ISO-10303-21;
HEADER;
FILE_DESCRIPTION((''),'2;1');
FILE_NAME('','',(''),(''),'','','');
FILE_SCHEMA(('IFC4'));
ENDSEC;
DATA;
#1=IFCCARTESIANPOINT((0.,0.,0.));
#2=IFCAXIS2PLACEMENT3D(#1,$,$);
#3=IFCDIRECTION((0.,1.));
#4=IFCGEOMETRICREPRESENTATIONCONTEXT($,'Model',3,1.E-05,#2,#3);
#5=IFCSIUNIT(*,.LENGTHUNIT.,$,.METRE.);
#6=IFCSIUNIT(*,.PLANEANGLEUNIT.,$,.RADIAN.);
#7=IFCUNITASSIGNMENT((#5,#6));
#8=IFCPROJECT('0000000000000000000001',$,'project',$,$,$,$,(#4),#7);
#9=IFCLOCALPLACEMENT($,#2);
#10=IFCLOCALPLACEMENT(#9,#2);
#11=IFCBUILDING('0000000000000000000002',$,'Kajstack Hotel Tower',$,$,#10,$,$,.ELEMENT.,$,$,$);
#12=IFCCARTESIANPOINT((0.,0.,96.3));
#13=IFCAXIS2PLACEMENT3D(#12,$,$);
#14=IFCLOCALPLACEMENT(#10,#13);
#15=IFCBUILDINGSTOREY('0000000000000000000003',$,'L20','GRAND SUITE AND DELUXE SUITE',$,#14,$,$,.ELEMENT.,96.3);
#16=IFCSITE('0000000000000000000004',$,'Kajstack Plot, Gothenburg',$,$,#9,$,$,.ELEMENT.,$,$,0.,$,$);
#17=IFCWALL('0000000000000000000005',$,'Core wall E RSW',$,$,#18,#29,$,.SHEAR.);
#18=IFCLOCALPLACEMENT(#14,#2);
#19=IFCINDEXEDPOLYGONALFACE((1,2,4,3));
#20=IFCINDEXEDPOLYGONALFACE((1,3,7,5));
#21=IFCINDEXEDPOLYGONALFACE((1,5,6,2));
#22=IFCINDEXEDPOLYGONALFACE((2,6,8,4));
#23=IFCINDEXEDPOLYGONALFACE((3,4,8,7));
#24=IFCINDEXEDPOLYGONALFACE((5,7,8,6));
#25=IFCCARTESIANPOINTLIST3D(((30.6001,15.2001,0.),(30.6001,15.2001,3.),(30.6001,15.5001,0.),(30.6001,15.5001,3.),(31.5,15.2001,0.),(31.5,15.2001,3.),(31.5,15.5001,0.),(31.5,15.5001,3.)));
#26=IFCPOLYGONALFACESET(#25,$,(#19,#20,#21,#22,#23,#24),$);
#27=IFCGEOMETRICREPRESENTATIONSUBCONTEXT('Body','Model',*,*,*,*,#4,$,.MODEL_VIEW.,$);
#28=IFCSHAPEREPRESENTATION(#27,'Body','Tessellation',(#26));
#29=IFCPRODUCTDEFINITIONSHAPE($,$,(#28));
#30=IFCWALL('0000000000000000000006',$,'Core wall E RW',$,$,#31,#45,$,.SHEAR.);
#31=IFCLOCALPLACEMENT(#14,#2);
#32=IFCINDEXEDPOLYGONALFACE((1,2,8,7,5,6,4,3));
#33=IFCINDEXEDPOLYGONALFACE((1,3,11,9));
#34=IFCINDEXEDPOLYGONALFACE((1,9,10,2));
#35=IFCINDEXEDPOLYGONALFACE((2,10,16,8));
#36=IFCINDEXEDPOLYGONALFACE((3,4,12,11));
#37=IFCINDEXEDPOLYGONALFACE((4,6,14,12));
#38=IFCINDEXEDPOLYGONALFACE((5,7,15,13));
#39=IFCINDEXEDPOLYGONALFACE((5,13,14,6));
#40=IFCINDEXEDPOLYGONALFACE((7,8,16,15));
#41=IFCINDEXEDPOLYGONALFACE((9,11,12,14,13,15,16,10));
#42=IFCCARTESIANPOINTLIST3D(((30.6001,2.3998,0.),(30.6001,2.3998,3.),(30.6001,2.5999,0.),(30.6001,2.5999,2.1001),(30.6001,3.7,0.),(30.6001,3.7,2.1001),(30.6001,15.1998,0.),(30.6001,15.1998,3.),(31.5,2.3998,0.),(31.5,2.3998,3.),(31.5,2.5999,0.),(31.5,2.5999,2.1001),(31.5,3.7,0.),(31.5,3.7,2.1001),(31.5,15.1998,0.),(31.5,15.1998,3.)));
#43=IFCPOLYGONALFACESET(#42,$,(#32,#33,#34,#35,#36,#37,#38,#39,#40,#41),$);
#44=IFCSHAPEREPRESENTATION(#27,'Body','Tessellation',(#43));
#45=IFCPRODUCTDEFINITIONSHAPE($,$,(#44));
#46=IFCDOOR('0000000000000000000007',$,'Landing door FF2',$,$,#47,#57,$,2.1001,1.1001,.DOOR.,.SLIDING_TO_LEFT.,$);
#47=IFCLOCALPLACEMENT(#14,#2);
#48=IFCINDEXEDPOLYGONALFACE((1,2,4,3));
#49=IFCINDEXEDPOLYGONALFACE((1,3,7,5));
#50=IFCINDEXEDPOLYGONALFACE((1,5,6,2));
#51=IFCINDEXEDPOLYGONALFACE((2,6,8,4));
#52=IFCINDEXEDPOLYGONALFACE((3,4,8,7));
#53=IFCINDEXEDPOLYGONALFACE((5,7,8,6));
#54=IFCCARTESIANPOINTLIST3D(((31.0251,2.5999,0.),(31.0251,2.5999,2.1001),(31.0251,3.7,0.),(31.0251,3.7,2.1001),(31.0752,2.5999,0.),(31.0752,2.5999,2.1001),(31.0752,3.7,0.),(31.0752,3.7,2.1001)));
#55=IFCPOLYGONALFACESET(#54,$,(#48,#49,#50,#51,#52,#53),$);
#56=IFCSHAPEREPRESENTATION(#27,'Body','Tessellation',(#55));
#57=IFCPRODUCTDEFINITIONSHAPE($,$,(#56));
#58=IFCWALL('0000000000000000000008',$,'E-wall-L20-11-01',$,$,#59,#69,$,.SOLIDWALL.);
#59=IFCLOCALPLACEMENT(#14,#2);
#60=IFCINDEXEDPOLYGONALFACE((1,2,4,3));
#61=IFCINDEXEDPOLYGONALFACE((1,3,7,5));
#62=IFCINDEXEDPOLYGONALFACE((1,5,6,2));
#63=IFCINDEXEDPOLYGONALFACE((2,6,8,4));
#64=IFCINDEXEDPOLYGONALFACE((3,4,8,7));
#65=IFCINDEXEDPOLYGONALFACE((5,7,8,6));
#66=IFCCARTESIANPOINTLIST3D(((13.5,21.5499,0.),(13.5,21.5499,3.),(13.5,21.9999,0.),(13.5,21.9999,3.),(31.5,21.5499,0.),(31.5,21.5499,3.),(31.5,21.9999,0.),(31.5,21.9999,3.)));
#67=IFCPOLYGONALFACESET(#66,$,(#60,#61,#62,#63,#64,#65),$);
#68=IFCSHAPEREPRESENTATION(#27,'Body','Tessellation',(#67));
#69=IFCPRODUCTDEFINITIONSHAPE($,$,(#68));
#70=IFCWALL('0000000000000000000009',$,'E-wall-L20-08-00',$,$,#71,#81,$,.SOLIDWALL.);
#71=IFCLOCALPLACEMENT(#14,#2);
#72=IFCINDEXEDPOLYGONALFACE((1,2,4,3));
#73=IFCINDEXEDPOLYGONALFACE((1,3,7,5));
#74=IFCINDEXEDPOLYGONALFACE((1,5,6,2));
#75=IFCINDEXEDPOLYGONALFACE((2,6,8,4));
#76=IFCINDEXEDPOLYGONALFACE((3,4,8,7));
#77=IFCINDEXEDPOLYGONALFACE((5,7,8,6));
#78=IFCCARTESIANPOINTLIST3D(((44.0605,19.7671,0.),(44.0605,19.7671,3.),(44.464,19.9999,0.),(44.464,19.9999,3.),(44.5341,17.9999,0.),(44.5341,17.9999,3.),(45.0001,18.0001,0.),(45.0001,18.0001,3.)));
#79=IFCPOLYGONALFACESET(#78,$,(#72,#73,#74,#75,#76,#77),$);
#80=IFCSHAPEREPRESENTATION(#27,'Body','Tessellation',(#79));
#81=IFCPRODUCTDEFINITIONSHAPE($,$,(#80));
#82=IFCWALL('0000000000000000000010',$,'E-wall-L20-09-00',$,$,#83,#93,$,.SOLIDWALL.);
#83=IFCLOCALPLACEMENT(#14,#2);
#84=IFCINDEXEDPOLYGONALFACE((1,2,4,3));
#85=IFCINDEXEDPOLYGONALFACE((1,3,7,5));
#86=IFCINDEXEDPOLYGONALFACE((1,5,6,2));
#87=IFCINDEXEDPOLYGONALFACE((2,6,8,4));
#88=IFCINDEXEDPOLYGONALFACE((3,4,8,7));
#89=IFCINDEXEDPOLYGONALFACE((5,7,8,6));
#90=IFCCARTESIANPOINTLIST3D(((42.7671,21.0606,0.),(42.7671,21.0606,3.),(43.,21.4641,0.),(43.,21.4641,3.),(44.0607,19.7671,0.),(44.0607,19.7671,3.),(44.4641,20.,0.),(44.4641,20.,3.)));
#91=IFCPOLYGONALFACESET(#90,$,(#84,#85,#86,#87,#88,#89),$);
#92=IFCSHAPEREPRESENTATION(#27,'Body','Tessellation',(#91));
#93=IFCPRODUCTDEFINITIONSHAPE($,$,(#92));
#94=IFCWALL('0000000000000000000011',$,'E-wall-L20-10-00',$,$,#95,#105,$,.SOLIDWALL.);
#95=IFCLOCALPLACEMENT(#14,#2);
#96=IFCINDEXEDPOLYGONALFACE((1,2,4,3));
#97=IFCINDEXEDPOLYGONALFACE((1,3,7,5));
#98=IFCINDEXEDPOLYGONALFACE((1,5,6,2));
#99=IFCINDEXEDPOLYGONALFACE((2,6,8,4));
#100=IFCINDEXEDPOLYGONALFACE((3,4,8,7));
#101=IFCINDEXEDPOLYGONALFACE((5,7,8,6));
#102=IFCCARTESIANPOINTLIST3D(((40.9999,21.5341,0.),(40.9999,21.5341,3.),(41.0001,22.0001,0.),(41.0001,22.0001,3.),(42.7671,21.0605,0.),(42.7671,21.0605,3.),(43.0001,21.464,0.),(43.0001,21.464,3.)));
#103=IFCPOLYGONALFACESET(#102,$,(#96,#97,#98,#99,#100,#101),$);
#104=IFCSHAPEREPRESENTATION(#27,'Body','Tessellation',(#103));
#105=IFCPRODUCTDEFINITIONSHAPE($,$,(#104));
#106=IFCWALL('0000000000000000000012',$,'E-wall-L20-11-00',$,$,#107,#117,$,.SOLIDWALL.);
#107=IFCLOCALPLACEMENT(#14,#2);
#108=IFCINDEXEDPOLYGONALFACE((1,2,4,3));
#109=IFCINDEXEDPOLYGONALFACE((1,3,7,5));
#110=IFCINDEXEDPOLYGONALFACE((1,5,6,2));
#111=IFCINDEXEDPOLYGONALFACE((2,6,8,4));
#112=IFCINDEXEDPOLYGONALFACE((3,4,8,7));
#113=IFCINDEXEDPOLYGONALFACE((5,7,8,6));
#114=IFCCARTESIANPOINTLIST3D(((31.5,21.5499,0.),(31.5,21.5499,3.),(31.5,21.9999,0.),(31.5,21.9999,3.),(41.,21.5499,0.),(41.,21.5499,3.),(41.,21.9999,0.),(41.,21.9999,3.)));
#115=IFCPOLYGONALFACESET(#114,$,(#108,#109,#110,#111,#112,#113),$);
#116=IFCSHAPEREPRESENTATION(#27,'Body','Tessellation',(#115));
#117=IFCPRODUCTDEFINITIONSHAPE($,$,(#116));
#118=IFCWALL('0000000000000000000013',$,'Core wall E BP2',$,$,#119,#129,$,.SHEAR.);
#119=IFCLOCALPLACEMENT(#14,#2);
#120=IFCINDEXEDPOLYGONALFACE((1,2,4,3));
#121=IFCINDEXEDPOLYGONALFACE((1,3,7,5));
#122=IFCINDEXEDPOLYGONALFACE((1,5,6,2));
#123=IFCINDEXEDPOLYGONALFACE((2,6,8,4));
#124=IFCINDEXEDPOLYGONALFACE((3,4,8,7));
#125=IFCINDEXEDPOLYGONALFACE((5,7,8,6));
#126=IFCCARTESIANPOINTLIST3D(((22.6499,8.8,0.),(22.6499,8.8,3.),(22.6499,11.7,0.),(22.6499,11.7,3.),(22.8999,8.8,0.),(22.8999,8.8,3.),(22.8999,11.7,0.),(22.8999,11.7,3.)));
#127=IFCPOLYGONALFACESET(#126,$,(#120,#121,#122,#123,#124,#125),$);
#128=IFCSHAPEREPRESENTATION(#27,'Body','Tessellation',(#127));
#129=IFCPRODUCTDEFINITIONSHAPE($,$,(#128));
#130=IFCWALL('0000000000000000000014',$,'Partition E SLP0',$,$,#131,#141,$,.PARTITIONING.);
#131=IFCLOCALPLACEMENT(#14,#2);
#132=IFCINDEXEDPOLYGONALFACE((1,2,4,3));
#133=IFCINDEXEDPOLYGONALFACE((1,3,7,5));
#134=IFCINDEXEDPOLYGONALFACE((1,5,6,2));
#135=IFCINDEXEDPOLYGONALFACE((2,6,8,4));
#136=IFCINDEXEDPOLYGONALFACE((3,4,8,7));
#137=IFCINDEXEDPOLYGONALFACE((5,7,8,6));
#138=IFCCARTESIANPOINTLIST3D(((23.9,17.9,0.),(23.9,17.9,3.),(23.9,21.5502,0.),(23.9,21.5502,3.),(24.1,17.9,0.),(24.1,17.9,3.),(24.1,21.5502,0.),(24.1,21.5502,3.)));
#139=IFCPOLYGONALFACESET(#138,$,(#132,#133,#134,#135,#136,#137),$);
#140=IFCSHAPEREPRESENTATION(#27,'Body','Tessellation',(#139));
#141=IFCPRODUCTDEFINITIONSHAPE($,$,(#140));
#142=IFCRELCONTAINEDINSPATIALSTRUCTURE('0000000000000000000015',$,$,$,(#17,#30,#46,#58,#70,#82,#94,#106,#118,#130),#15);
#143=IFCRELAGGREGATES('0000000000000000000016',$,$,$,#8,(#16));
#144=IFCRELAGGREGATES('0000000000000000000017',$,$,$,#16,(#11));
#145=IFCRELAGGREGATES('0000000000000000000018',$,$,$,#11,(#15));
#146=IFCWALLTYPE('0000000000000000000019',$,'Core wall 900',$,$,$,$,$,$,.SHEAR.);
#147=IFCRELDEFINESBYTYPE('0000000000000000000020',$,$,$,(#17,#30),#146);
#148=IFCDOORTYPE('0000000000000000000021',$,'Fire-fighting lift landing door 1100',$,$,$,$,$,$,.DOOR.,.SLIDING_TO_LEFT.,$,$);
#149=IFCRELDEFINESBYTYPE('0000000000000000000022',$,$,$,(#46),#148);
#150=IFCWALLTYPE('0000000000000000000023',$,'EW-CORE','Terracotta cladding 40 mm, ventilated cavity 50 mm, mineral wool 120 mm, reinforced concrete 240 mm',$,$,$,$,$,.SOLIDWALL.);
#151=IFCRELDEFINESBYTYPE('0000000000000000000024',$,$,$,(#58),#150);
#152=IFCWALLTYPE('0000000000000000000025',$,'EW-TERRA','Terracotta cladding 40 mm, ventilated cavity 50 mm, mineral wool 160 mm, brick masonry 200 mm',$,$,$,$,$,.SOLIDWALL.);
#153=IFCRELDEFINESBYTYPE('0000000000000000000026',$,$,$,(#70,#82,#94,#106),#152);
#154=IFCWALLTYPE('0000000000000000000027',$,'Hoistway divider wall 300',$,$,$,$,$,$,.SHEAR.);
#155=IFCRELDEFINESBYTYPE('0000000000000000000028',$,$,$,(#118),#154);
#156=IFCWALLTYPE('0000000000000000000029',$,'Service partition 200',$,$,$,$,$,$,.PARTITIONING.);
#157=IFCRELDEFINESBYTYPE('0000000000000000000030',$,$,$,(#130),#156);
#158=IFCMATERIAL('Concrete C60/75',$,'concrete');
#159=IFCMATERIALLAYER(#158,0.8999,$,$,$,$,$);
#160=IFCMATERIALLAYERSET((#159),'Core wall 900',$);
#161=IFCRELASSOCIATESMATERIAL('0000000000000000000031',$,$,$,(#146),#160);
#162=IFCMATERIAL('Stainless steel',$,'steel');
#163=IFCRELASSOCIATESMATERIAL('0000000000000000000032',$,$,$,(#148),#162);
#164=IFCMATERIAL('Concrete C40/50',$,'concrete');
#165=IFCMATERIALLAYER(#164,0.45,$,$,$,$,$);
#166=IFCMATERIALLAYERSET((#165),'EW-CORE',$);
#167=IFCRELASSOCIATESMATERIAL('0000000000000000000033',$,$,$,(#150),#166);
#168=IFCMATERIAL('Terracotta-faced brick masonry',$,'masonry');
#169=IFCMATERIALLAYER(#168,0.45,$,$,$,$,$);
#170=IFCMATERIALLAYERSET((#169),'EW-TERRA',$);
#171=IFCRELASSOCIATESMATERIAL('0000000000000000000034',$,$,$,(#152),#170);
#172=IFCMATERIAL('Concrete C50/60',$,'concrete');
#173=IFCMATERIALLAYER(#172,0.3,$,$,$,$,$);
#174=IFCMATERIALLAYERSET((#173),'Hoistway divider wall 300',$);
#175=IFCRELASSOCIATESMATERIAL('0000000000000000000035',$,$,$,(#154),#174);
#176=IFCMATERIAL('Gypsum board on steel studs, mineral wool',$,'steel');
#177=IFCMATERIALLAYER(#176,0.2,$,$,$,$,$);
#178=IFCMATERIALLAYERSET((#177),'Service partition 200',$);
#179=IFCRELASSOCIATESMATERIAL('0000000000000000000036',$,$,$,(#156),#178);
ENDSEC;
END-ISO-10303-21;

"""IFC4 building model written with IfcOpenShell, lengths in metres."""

from ifc_helpers import new_model, si_unit, direction, frame, frame_2d, origin, place, context, subcontext, project, spatial, polyline, rectangle, outline, extrude, material, layer, layer_set, type_object, element, fill, save


model = new_model("IFC4")

# Units and contexts
model_context = context("Model", 3, precision=1e-05, world=origin(), true_north=direction((0.0, 1.0)))
body_context = subcontext(model_context, "Body", "Model", "MODEL_VIEW")
ifc_project = project(units=[si_unit("LENGTHUNIT", "METRE"), si_unit("PLANEANGLEUNIT", "RADIAN")], contexts=[model_context])

# Site, building, storey
site_placement = place(None, origin())
site = spatial("IfcSite", under=ifc_project, at=site_placement, Name="Kajstack Plot, Gothenburg", CompositionType="ELEMENT", RefElevation=0.0)
building_placement = place(site_placement, origin())
building = spatial("IfcBuilding", under=site, at=building_placement, Name="Kajstack Hotel Tower", CompositionType="ELEMENT")
storey_placement = place(building_placement, frame((0.0, 0.0, 96.3)))
storey = spatial("IfcBuildingStorey", under=building, at=storey_placement, Name="L20", Description="GRAND SUITE AND DELUXE SUITE", CompositionType="ELEMENT", Elevation=96.3)

# Wall
ifc_material_1 = material(Name="Concrete C60/75", Category="concrete")
ifc_layer_1 = layer(ifc_material_1, 0.8999)
ifc_layer_set_1 = layer_set([ifc_layer_1], Name="Core wall 900")
wall_type_1 = type_object("IfcWallType", Name="Core wall 900", PredefinedType="SHEAR", material=ifc_layer_set_1)
wall_1_placement = place(storey_placement, frame((30.6001, 15.3501, 0.0), z_axis=(0.0, 0.0, 1.0), x_axis=(1.0, 0.0, 0.0)))
element("IfcWall", 1, at=wall_1_placement, inside=storey, type_object=wall_type_1, Name="Core wall E RSW", PredefinedType="SHEAR", context=body_context, shape_type="SweptSolid", body=[
    extrude(rectangle(XDim=0.8999, YDim=0.3, at=frame_2d((0.45, 0.0))), origin(), (0.0, 0.0, 1.0), 3.0),
])

# Wall, opening, door
wall_2_placement = place(storey_placement, frame((31.05, 2.3999, 0.0), z_axis=(0.0, 0.0, 1.0), x_axis=(0.0, 1.0, 0.0)))
wall_2 = element("IfcWall", 2, at=wall_2_placement, inside=storey, type_object=wall_type_1, Name="Core wall E RW", PredefinedType="SHEAR", context=body_context, shape_type="SweptSolid", body=[
    extrude(rectangle(XDim=12.8, YDim=0.8999, at=frame_2d((6.3999, 0.0))), origin(), (0.0, 0.0, 1.0), 3.0),
])
opening_1_placement = place(wall_2_placement, frame((0.2, 0.0, 0.0)))
opening_1 = element("IfcOpeningElement", 3, at=opening_1_placement, cuts=wall_2, PredefinedType="OPENING", context=body_context, shape_type="SweptSolid", body=[
    extrude(rectangle(XDim=1.1001, YDim=2.1001, at=frame_2d((0.55, 1.05))), frame((0.0, 0.46, 0.0), z_axis=(0.0, -1.0, 0.0), x_axis=(1.0, 0.0, 0.0)), (0.0, 0.0, 1.0), 0.9199),
])
ifc_material_2 = material(Name="Stainless steel", Category="steel")
door_type_1 = type_object("IfcDoorType", Name="Fire-fighting lift landing door 1100", OperationType="SLIDING_TO_LEFT", PredefinedType="DOOR", material=ifc_material_2)
door_1_placement = place(opening_1_placement, origin())
door_1 = element("IfcDoor", 4, at=door_1_placement, inside=storey, type_object=door_type_1, Name="Landing door FF2", OperationType="SLIDING_TO_LEFT", OverallHeight=2.1001, OverallWidth=1.1001, PredefinedType="DOOR", context=body_context, shape_type="SweptSolid", body=[
    extrude(rectangle(XDim=1.1001, YDim=2.1001, at=frame_2d((0.55, 1.05))), frame((0.0, 0.0249, 0.0), z_axis=(0.0, -1.0, 0.0), x_axis=(1.0, 0.0, 0.0)), (0.0, 0.0, 1.0), 0.05),
])
fill(opening_1, door_1)

# Walls
ifc_material_3 = material(Name="Concrete C40/50", Category="concrete")
ifc_layer_2 = layer(ifc_material_3, 0.45)
ifc_layer_set_2 = layer_set([ifc_layer_2], Name="EW-CORE")
wall_type_2 = type_object("IfcWallType", Name="EW-CORE", Description="Terracotta cladding 40 mm, ventilated cavity 50 mm, mineral wool 120 mm, reinforced concrete 240 mm", PredefinedType="SOLIDWALL", material=ifc_layer_set_2)
wall_3_placement = place(storey_placement, frame((31.5, 21.7749, 0.0), z_axis=(0.0, 0.0, 1.0), x_axis=(-1.0, 0.0, 0.0)))
element("IfcWall", 5, at=wall_3_placement, inside=storey, type_object=wall_type_2, Name="E-wall-L20-11-01", PredefinedType="SOLIDWALL", context=body_context, shape_type="SweptSolid", body=[
    extrude(rectangle(XDim=18.0, YDim=0.45, at=frame_2d((9.0, 0.0))), origin(), (0.0, 0.0, 1.0), 3.0),
])
ifc_material_4 = material(Name="Terracotta-faced brick masonry", Category="masonry")
ifc_layer_3 = layer(ifc_material_4, 0.45)
ifc_layer_set_3 = layer_set([ifc_layer_3], Name="EW-TERRA")
wall_type_3 = type_object("IfcWallType", Name="EW-TERRA", Description="Terracotta cladding 40 mm, ventilated cavity 50 mm, mineral wool 160 mm, brick masonry 200 mm", PredefinedType="SOLIDWALL", material=ifc_layer_set_3)
wall_4_placement = place(storey_placement, frame((44.7827, 17.9417, 0.0), z_axis=(0.0, 0.0, 1.0), x_axis=(-0.258815, 0.965927, 0.0)))
element("IfcWall", 6, at=wall_4_placement, inside=storey, type_object=wall_type_3, Name="E-wall-L20-08-00", PredefinedType="SOLIDWALL", context=body_context, shape_type="SweptSolid", body=[
    extrude(outline(polyline([(0.0002, -0.2251), (2.0706, -0.2249), (1.9502, 0.2251), (0.1206, 0.2251), (0.0002, -0.2251)])), origin(), (0.0, 0.0, 1.0), 3.0),
])
wall_5_placement = place(storey_placement, frame((44.3049, 19.8408, 0.0), z_axis=(0.0, 0.0, 1.0), x_axis=(-0.707107, 0.707107, 0.0)))
element("IfcWall", 7, at=wall_5_placement, inside=storey, type_object=wall_type_3, Name="E-wall-L20-09-00", PredefinedType="SOLIDWALL", context=body_context, shape_type="SweptSolid", body=[
    extrude(outline(polyline([(0.0, -0.2251), (2.0706, -0.2251), (1.95, 0.2249), (0.1206, 0.2249), (0.0, -0.2251)])), origin(), (0.0, 0.0, 1.0), 3.0),
])
wall_6_placement = place(storey_placement, frame((42.9417, 21.2468, 0.0), z_axis=(0.0, 0.0, 1.0), x_axis=(-0.965927, 0.258815, 0.0)))
element("IfcWall", 8, at=wall_6_placement, inside=storey, type_object=wall_type_3, Name="E-wall-L20-10-00", PredefinedType="SOLIDWALL", context=body_context, shape_type="SweptSolid", body=[
    extrude(outline(polyline([(-0.0002, -0.2249), (2.0703, -0.2251), (1.95, 0.2251), (0.1204, 0.2251), (-0.0002, -0.2249)])), origin(), (0.0, 0.0, 1.0), 3.0),
])
wall_7_placement = place(storey_placement, frame((41.0, 21.7749, 0.0), z_axis=(0.0, 0.0, 1.0), x_axis=(-1.0, 0.0, 0.0)))
element("IfcWall", 9, at=wall_7_placement, inside=storey, type_object=wall_type_3, Name="E-wall-L20-11-00", PredefinedType="SOLIDWALL", context=body_context, shape_type="SweptSolid", body=[
    extrude(rectangle(XDim=9.5, YDim=0.45, at=frame_2d((4.75, 0.0))), origin(), (0.0, 0.0, 1.0), 3.0),
])
ifc_material_5 = material(Name="Concrete C50/60", Category="concrete")
ifc_layer_4 = layer(ifc_material_5, 0.3)
ifc_layer_set_4 = layer_set([ifc_layer_4], Name="Hoistway divider wall 300")
wall_type_4 = type_object("IfcWallType", Name="Hoistway divider wall 300", PredefinedType="SHEAR", material=ifc_layer_set_4)
wall_8_placement = place(storey_placement, frame((22.7749, 8.8, 0.0), z_axis=(0.0, 0.0, 1.0), x_axis=(0.0, 1.0, 0.0)))
element("IfcWall", 10, at=wall_8_placement, inside=storey, type_object=wall_type_4, Name="Core wall E BP2", PredefinedType="SHEAR", context=body_context, shape_type="SweptSolid", body=[
    extrude(rectangle(XDim=2.8999, YDim=0.25, at=frame_2d((1.45, 0.0))), origin(), (0.0, 0.0, 1.0), 3.0),
])
ifc_material_6 = material(Name="Gypsum board on steel studs, mineral wool", Category="steel")
ifc_layer_5 = layer(ifc_material_6, 0.2)
ifc_layer_set_5 = layer_set([ifc_layer_5], Name="Service partition 200")
wall_type_5 = type_object("IfcWallType", Name="Service partition 200", PredefinedType="PARTITIONING", material=ifc_layer_set_5)
wall_9_placement = place(storey_placement, frame((24.0, 17.8999, 0.0), z_axis=(0.0, 0.0, 1.0), x_axis=(0.0, 1.0, 0.0)))
element("IfcWall", 11, at=wall_9_placement, inside=storey, type_object=wall_type_5, Name="Partition E SLP0", PredefinedType="PARTITIONING", context=body_context, shape_type="SweptSolid", body=[
    extrude(rectangle(XDim=3.6501, YDim=0.2, at=frame_2d((1.8252, 0.0))), origin(), (0.0, 0.0, 1.0), 3.0),
])

save(model, "model.ifc")
